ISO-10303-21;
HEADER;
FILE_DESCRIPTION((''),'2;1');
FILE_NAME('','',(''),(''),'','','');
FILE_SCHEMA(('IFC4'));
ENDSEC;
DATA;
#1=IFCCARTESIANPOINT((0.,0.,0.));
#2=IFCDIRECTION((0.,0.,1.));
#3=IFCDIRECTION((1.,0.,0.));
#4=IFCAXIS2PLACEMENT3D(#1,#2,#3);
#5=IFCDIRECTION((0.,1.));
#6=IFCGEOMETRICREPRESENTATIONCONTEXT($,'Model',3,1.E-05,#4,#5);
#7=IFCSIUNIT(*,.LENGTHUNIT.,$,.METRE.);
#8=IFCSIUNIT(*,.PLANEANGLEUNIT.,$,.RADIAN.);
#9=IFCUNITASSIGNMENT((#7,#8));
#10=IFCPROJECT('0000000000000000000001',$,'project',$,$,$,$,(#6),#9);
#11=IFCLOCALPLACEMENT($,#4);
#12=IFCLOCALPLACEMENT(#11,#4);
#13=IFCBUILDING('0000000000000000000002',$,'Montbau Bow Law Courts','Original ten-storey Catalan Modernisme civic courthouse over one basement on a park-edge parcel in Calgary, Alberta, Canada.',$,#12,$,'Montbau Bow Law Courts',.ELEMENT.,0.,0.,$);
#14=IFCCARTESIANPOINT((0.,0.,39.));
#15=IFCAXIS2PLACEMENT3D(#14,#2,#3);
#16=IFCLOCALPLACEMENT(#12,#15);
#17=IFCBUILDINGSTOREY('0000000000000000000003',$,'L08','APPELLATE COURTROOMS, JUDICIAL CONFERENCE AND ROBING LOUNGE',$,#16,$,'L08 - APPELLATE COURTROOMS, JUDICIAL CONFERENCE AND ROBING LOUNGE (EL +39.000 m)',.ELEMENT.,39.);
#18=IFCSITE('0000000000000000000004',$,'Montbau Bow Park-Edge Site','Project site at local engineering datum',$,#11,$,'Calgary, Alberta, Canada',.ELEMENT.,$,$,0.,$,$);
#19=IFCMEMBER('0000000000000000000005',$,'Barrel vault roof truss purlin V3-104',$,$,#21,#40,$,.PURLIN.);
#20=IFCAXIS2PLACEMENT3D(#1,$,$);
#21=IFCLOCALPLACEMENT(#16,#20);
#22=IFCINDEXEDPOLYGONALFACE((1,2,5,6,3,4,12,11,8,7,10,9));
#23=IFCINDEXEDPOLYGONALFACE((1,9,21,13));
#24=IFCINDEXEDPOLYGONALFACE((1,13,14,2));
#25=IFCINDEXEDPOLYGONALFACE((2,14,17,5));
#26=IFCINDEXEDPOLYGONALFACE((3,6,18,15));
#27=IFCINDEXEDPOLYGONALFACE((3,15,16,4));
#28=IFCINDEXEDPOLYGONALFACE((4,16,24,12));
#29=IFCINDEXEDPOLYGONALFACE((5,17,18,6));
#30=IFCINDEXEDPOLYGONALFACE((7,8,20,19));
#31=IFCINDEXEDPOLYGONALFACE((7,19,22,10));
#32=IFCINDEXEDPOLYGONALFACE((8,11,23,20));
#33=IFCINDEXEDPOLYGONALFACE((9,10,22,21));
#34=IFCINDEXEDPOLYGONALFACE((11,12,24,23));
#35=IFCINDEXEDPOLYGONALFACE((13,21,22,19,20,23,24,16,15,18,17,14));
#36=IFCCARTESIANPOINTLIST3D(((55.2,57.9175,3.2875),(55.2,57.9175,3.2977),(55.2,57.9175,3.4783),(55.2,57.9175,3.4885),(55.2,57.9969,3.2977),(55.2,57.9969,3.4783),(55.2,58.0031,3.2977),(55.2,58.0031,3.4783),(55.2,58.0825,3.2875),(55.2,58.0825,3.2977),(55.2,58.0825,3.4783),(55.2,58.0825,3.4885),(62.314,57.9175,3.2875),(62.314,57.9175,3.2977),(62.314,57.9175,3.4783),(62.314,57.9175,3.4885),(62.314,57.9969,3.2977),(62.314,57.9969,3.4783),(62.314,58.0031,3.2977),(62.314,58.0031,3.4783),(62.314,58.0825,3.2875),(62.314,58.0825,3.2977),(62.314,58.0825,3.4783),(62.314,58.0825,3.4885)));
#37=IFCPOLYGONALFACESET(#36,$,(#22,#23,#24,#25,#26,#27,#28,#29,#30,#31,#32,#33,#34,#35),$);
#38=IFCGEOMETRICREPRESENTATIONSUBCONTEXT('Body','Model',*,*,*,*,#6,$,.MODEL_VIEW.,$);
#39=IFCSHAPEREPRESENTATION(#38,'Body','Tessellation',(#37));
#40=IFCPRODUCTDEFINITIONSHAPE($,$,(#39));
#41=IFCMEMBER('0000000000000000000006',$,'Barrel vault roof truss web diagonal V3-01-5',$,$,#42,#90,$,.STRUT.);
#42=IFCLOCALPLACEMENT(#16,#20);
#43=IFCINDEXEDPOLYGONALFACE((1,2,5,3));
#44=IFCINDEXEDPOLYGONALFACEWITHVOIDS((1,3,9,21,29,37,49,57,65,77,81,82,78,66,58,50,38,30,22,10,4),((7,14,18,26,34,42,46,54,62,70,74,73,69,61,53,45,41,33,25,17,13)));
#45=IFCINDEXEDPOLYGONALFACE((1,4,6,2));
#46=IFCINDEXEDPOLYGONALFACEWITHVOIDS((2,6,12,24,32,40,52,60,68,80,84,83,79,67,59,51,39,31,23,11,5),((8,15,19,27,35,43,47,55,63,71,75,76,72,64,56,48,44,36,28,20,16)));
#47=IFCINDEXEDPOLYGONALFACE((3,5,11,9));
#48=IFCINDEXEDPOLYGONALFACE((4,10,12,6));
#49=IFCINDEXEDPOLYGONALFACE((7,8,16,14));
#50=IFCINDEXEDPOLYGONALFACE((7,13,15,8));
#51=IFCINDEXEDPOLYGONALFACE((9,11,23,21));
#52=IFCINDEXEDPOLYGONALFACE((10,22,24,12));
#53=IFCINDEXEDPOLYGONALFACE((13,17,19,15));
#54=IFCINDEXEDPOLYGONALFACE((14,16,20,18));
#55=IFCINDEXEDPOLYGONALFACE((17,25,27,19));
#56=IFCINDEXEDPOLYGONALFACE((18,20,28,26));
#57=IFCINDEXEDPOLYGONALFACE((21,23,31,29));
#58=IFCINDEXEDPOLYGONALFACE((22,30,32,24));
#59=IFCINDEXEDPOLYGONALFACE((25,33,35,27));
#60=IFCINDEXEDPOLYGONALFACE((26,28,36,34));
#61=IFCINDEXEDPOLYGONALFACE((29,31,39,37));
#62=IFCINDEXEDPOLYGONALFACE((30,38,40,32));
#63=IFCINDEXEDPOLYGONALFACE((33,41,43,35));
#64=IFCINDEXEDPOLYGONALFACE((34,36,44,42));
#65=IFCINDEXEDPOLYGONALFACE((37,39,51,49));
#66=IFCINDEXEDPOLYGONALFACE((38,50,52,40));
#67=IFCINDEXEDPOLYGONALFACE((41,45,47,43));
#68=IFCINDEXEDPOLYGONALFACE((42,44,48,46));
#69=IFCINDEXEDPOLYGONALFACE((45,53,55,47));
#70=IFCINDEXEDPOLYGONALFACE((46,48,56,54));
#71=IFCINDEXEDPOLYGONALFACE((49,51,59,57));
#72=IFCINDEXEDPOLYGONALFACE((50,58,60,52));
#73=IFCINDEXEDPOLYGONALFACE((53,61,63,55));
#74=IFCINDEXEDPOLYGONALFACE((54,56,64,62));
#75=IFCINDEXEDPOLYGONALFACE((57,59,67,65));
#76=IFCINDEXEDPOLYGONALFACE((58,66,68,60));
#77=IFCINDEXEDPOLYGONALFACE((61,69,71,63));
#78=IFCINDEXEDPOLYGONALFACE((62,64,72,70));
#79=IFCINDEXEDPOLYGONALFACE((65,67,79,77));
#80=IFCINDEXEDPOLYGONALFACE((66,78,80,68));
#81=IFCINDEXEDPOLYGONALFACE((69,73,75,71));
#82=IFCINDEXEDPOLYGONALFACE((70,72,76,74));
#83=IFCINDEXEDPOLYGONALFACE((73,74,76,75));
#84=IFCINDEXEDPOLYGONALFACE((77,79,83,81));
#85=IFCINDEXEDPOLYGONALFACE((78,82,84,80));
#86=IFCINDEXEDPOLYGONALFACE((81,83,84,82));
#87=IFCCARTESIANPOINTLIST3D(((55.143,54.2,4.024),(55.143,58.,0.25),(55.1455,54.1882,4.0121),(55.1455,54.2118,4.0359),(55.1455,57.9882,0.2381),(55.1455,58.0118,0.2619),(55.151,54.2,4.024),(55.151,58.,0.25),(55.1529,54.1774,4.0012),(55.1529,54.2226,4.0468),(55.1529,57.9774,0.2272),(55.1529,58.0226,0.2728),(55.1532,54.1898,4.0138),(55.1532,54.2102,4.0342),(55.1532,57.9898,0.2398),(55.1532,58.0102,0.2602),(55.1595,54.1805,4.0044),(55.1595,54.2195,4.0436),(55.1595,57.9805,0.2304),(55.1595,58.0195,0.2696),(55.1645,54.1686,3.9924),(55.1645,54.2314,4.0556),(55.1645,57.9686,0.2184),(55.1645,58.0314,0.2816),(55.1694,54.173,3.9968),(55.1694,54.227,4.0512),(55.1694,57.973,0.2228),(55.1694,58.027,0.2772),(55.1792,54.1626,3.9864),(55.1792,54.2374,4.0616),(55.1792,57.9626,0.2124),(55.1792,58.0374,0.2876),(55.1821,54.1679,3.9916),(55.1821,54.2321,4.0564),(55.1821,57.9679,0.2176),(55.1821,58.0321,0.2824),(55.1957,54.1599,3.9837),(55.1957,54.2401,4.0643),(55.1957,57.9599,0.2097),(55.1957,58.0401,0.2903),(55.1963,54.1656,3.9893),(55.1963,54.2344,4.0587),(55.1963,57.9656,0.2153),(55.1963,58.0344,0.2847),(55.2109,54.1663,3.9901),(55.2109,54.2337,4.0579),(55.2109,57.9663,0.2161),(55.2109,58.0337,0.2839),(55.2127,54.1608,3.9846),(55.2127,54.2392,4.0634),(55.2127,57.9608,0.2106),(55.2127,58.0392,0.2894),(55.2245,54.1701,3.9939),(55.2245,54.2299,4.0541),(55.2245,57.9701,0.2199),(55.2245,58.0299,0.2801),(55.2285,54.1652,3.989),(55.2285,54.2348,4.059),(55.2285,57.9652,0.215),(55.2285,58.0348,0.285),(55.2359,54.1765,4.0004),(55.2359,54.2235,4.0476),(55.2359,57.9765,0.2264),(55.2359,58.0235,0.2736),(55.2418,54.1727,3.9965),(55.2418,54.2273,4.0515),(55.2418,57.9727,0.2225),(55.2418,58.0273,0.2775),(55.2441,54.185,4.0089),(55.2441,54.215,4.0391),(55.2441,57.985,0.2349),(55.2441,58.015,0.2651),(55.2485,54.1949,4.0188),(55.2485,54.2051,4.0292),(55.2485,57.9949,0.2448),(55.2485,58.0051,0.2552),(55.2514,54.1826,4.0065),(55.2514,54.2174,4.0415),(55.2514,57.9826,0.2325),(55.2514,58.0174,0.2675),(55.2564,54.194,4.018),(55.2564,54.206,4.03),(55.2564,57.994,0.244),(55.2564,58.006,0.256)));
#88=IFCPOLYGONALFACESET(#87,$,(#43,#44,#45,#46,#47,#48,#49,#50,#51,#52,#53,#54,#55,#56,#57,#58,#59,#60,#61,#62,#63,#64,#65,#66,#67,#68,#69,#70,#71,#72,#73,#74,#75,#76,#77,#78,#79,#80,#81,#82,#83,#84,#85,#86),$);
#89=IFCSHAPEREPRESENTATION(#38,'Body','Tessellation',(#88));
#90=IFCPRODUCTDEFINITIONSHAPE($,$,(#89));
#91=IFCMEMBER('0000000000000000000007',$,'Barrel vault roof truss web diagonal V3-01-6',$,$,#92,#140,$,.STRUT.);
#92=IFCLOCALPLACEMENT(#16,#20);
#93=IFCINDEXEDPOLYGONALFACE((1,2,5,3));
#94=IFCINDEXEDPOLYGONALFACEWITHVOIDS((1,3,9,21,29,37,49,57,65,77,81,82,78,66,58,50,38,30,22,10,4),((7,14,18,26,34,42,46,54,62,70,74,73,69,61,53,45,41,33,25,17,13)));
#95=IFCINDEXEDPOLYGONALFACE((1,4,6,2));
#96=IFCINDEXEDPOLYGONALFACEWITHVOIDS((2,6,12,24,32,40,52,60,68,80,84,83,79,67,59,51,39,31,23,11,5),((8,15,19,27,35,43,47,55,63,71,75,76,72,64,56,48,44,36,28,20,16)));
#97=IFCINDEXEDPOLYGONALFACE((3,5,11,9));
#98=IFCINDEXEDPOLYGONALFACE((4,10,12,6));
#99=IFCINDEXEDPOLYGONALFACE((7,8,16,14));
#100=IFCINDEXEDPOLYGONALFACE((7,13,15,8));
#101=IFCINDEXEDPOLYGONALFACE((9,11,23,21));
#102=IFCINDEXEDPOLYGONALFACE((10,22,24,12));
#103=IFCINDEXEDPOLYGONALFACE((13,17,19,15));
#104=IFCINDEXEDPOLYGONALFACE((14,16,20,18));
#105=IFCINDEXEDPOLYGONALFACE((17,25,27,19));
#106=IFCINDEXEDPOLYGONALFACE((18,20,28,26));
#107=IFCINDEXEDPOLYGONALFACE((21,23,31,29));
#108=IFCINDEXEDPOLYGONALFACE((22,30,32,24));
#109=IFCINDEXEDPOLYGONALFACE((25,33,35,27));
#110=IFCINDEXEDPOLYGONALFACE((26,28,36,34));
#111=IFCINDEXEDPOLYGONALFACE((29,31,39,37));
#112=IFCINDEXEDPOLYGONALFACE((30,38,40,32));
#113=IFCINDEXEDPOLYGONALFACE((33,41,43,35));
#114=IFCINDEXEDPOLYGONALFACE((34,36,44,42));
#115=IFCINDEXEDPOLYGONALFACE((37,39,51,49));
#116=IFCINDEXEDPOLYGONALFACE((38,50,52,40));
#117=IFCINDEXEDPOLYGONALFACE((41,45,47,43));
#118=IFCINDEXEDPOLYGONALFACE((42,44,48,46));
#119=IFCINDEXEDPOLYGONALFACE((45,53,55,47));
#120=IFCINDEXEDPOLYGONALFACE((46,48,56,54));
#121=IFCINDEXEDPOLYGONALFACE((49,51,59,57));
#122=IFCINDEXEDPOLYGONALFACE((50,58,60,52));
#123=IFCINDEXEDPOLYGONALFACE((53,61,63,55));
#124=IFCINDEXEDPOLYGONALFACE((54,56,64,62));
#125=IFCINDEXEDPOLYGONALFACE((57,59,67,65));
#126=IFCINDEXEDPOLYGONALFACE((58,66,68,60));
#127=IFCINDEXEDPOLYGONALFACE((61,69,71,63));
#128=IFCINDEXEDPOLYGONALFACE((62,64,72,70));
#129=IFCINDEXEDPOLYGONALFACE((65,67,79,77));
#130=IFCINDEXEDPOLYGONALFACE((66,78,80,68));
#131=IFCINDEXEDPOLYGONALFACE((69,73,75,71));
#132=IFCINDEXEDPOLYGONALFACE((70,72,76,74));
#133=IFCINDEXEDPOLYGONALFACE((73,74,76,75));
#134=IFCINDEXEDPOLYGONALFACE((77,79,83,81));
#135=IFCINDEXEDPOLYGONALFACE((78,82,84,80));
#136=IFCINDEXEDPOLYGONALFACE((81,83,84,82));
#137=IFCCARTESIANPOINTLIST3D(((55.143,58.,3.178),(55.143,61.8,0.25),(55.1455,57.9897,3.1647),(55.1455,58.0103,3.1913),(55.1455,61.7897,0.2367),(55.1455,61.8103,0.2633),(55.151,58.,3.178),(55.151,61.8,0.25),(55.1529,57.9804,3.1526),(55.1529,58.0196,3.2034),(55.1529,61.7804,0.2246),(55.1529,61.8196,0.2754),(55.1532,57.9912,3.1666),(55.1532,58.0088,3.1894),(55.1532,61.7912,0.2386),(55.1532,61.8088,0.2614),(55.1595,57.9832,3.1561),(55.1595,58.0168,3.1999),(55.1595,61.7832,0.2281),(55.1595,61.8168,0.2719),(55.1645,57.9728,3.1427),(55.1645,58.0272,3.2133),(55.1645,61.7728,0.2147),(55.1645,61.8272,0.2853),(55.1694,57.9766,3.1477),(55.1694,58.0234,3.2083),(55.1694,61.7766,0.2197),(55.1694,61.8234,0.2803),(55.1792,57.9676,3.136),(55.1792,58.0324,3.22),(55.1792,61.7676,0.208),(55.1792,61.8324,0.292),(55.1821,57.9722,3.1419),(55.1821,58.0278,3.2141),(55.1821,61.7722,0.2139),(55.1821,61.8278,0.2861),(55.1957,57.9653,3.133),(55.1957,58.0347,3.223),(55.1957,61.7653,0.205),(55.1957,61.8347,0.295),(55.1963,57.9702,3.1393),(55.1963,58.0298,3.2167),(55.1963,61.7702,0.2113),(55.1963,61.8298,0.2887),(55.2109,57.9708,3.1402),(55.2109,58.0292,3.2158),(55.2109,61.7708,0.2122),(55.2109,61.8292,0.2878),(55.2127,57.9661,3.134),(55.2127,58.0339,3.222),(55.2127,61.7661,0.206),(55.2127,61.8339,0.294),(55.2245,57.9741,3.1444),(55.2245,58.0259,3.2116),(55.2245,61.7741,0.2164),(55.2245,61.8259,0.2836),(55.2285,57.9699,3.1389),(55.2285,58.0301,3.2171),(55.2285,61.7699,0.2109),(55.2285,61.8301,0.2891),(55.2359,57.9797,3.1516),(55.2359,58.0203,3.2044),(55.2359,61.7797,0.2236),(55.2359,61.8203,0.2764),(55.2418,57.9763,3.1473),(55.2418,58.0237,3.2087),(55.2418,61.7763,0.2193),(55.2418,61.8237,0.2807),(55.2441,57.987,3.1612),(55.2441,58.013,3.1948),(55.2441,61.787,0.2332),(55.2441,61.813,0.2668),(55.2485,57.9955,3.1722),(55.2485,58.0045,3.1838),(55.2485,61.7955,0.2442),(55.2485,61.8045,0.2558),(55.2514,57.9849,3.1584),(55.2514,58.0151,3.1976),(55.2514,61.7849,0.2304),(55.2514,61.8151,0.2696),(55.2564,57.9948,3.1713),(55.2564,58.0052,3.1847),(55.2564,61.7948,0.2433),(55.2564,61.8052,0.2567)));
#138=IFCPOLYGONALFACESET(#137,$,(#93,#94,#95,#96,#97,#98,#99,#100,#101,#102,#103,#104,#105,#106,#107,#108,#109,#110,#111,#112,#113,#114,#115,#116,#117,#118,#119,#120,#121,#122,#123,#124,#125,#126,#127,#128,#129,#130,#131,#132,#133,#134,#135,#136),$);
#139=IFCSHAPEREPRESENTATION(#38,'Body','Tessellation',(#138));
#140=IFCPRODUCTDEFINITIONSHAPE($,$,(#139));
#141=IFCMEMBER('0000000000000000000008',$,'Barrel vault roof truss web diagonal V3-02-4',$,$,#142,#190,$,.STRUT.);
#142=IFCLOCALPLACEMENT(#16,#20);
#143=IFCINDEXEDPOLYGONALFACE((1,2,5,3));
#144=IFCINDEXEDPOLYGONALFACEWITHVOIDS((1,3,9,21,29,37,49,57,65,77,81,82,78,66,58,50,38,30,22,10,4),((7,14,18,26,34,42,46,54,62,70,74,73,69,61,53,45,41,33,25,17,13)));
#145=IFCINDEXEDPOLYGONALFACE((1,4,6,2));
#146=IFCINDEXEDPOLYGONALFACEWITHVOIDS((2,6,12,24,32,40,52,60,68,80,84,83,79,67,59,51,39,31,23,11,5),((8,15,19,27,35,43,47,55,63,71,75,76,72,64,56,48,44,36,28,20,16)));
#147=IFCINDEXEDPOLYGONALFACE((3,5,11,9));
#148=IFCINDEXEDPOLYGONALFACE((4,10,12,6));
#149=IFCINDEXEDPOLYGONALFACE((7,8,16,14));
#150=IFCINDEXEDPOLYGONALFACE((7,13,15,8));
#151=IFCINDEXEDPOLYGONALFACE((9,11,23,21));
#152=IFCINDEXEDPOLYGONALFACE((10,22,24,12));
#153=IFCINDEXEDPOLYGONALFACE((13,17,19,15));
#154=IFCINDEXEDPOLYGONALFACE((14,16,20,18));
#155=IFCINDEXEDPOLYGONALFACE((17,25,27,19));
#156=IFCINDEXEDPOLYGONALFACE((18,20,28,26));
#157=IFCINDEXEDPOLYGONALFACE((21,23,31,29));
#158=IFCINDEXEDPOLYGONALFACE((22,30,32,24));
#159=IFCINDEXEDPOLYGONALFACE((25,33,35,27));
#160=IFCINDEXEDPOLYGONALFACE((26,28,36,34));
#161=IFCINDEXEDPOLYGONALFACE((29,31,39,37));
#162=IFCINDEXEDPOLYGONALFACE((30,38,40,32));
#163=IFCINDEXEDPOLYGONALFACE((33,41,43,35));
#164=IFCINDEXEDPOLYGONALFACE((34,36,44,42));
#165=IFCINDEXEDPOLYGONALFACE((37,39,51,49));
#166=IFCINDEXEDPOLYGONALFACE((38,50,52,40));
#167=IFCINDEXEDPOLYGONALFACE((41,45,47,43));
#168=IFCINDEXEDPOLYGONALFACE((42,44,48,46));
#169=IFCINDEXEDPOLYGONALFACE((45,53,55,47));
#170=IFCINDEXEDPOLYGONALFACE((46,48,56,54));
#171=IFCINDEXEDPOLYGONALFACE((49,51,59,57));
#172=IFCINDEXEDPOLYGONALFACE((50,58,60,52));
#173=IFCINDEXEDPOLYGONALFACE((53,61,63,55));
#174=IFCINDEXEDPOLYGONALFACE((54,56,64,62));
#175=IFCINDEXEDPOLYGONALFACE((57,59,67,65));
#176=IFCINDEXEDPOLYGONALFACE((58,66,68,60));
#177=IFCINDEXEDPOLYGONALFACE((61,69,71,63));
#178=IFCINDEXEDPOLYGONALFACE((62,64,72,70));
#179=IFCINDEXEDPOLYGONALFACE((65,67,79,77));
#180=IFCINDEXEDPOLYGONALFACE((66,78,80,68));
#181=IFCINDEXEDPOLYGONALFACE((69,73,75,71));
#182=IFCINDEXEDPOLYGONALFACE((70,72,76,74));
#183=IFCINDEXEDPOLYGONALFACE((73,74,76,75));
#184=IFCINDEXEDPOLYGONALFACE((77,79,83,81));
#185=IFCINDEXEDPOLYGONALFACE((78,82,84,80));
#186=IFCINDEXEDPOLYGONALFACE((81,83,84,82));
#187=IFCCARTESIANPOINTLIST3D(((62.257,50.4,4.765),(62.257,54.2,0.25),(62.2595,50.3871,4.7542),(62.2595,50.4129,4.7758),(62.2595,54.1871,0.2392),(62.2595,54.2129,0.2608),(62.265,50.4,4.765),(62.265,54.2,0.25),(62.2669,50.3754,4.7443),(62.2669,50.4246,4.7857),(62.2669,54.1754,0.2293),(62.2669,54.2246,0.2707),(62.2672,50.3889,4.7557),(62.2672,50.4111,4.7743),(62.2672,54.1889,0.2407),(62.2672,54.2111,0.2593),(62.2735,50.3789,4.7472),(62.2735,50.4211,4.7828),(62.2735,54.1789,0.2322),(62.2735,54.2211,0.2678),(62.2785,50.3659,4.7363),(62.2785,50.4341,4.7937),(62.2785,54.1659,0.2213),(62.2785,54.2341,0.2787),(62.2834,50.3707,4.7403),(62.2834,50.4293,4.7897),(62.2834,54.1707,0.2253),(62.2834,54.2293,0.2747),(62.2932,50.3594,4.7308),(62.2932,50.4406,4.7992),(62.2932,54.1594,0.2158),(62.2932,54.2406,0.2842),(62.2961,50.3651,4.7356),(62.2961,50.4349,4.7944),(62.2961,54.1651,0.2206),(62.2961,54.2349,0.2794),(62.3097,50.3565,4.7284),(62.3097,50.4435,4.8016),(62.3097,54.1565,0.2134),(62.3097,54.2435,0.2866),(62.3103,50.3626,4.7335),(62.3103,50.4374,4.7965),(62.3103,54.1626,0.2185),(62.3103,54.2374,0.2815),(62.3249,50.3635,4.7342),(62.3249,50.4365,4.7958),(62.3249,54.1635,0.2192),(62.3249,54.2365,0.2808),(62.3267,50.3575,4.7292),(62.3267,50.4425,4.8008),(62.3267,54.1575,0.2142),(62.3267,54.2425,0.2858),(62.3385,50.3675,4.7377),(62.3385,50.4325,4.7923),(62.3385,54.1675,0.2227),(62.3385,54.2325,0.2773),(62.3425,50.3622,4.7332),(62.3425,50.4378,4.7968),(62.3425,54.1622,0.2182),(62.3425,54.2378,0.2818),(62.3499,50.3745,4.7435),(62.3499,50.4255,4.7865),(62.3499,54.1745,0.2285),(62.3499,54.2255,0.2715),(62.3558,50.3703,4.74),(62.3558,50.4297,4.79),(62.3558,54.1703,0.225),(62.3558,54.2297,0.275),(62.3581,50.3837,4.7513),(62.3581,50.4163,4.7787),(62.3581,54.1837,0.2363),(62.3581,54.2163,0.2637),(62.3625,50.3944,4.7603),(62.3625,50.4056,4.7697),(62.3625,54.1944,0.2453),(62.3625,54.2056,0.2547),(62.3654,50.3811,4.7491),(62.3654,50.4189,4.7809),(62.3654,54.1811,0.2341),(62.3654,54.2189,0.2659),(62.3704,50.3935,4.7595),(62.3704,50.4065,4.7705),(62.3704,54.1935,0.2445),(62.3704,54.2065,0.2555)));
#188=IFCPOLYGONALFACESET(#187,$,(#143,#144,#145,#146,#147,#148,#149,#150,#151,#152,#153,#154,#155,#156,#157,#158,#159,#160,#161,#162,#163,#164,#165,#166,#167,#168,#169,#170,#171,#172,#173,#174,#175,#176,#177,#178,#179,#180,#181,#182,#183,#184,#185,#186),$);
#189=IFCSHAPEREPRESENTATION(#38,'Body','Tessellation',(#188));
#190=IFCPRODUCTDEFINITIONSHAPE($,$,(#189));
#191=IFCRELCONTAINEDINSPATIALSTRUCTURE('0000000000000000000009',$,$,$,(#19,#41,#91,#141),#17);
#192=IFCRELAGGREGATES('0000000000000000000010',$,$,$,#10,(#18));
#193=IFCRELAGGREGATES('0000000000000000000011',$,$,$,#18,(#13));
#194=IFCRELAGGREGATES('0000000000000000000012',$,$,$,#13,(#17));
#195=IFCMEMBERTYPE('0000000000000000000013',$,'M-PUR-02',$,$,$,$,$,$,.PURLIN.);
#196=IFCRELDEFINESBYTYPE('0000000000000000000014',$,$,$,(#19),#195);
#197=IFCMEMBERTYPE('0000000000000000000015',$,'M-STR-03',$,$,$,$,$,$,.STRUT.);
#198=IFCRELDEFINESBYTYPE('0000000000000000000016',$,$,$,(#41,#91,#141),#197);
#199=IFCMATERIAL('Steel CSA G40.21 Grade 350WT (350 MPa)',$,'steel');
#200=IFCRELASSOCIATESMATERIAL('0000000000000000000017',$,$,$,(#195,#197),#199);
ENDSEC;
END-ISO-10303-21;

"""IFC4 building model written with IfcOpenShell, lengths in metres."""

from ifc_helpers import new_model, si_unit, direction, frame, origin_with_axes, origin_2d_with_axis, place, context, subcontext, project, spatial, hollow_circle, i_section, extrude, material, material_profile, profile_set, type_object, element, save


model = new_model("IFC4")

# Units and contexts
model_context = context("Model", 3, precision=1e-05, world=origin_with_axes(), true_north=direction((0.0, 1.0)))
body_context = subcontext(model_context, "Body", "Model", "MODEL_VIEW")
ifc_project = project(units=[si_unit("LENGTHUNIT", "METRE"), si_unit("PLANEANGLEUNIT", "RADIAN")], contexts=[model_context])

# Site, building, storey
site_placement = place(None, origin_with_axes())
site = spatial("IfcSite", under=ifc_project, at=site_placement, Name="Montbau Bow Park-Edge Site", Description="Project site at local engineering datum", LongName="Calgary, Alberta, Canada", CompositionType="ELEMENT", RefElevation=0.0)
building_placement = place(site_placement, origin_with_axes())
building = spatial("IfcBuilding", under=site, at=building_placement, Name="Montbau Bow Law Courts", Description="Original ten-storey Catalan Modernisme civic courthouse over one basement on a park-edge parcel in Calgary, Alberta, Canada.", LongName="Montbau Bow Law Courts", CompositionType="ELEMENT", ElevationOfRefHeight=0.0, ElevationOfTerrain=0.0)
storey_placement = place(building_placement, frame((0.0, 0.0, 39.0), z_axis=(0.0, 0.0, 1.0), x_axis=(1.0, 0.0, 0.0)))
storey = spatial("IfcBuildingStorey", under=building, at=storey_placement, Name="L08", Description="APPELLATE COURTROOMS, JUDICIAL CONFERENCE AND ROBING LOUNGE", LongName="L08 - APPELLATE COURTROOMS, JUDICIAL CONFERENCE AND ROBING LOUNGE (EL +39.000 m)", CompositionType="ELEMENT", Elevation=39.0)

# Shared definitions
ifc_material_1 = material(Name="Steel CSA G40.21 Grade 350WT (350 MPa)", Category="steel")

# Members
ifc_material_profile_1 = material_profile(ifc_material_1, i_section(OverallWidth=0.165, OverallDepth=0.201, WebThickness=0.0062, FlangeThickness=0.0102, at=origin_2d_with_axis()), Name="W200X36", Category="Main", Priority=0)
ifc_profile_set_1 = profile_set([ifc_material_profile_1], Name="Steel CSA G40.21 Grade 350WT (350 MPa)")
member_type_1 = type_object("IfcMemberType", Name="M-PUR-02", PredefinedType="PURLIN", material=ifc_profile_set_1)
member_1_placement = place(None, frame((55.2, 58.0, 42.388), z_axis=(1.0, 0.0, 0.0), x_axis=(0.0, 1.0, 0.0)))
element("IfcMember", 1, at=member_1_placement, inside=storey, type_object=member_type_1, Name="Barrel vault roof truss purlin V3-104", PredefinedType="PURLIN", context=body_context, shape_type="SweptSolid", body=[
    extrude(i_section(OverallWidth=0.165, OverallDepth=0.201, WebThickness=0.0062, FlangeThickness=0.0102, at=origin_2d_with_axis()), origin_with_axes(), (0.0, 0.0, 1.0), 7.114),
])
ifc_material_profile_2 = material_profile(ifc_material_1, hollow_circle(Radius=0.057, WallThickness=0.008, at=origin_2d_with_axis()), Name="HSS114X8.0", Category="Main", Priority=0)
ifc_profile_set_2 = profile_set([ifc_material_profile_2], Name="Steel CSA G40.21 Grade 350WT (350 MPa)")
member_type_2 = type_object("IfcMemberType", Name="M-STR-03", PredefinedType="STRUT", material=ifc_profile_set_2)
member_2_placement = place(None, frame((55.2, 54.2, 43.024), z_axis=(0.0, 0.70953, -0.704675), x_axis=(-1.0, 0.0, 0.0)))
element("IfcMember", 2, at=member_2_placement, inside=storey, type_object=member_type_2, Name="Barrel vault roof truss web diagonal V3-01-5", PredefinedType="STRUT", context=body_context, shape_type="SweptSolid", body=[
    extrude(hollow_circle(Radius=0.057, WallThickness=0.008, at=origin_2d_with_axis()), origin_with_axes(), (0.0, 0.0, 1.0), 5.3557),
])
member_3_placement = place(None, frame((55.2, 58.0, 42.178), z_axis=(0.0, 0.792128, -0.610355), x_axis=(-1.0, 0.0, 0.0)))
element("IfcMember", 3, at=member_3_placement, inside=storey, type_object=member_type_2, Name="Barrel vault roof truss web diagonal V3-01-6", PredefinedType="STRUT", context=body_context, shape_type="SweptSolid", body=[
    extrude(hollow_circle(Radius=0.057, WallThickness=0.008, at=origin_2d_with_axis()), origin_with_axes(), (0.0, 0.0, 1.0), 4.7972),
])
member_4_placement = place(None, frame((62.314, 50.4, 43.765), z_axis=(0.0, 0.643927, -0.765087), x_axis=(-1.0, 0.0, 0.0)))
element("IfcMember", 4, at=member_4_placement, inside=storey, type_object=member_type_2, Name="Barrel vault roof truss web diagonal V3-02-4", PredefinedType="STRUT", context=body_context, shape_type="SweptSolid", body=[
    extrude(hollow_circle(Radius=0.057, WallThickness=0.008, at=origin_2d_with_axis()), origin_with_axes(), (0.0, 0.0, 1.0), 5.9013),
])

save(model, "model.ifc")
